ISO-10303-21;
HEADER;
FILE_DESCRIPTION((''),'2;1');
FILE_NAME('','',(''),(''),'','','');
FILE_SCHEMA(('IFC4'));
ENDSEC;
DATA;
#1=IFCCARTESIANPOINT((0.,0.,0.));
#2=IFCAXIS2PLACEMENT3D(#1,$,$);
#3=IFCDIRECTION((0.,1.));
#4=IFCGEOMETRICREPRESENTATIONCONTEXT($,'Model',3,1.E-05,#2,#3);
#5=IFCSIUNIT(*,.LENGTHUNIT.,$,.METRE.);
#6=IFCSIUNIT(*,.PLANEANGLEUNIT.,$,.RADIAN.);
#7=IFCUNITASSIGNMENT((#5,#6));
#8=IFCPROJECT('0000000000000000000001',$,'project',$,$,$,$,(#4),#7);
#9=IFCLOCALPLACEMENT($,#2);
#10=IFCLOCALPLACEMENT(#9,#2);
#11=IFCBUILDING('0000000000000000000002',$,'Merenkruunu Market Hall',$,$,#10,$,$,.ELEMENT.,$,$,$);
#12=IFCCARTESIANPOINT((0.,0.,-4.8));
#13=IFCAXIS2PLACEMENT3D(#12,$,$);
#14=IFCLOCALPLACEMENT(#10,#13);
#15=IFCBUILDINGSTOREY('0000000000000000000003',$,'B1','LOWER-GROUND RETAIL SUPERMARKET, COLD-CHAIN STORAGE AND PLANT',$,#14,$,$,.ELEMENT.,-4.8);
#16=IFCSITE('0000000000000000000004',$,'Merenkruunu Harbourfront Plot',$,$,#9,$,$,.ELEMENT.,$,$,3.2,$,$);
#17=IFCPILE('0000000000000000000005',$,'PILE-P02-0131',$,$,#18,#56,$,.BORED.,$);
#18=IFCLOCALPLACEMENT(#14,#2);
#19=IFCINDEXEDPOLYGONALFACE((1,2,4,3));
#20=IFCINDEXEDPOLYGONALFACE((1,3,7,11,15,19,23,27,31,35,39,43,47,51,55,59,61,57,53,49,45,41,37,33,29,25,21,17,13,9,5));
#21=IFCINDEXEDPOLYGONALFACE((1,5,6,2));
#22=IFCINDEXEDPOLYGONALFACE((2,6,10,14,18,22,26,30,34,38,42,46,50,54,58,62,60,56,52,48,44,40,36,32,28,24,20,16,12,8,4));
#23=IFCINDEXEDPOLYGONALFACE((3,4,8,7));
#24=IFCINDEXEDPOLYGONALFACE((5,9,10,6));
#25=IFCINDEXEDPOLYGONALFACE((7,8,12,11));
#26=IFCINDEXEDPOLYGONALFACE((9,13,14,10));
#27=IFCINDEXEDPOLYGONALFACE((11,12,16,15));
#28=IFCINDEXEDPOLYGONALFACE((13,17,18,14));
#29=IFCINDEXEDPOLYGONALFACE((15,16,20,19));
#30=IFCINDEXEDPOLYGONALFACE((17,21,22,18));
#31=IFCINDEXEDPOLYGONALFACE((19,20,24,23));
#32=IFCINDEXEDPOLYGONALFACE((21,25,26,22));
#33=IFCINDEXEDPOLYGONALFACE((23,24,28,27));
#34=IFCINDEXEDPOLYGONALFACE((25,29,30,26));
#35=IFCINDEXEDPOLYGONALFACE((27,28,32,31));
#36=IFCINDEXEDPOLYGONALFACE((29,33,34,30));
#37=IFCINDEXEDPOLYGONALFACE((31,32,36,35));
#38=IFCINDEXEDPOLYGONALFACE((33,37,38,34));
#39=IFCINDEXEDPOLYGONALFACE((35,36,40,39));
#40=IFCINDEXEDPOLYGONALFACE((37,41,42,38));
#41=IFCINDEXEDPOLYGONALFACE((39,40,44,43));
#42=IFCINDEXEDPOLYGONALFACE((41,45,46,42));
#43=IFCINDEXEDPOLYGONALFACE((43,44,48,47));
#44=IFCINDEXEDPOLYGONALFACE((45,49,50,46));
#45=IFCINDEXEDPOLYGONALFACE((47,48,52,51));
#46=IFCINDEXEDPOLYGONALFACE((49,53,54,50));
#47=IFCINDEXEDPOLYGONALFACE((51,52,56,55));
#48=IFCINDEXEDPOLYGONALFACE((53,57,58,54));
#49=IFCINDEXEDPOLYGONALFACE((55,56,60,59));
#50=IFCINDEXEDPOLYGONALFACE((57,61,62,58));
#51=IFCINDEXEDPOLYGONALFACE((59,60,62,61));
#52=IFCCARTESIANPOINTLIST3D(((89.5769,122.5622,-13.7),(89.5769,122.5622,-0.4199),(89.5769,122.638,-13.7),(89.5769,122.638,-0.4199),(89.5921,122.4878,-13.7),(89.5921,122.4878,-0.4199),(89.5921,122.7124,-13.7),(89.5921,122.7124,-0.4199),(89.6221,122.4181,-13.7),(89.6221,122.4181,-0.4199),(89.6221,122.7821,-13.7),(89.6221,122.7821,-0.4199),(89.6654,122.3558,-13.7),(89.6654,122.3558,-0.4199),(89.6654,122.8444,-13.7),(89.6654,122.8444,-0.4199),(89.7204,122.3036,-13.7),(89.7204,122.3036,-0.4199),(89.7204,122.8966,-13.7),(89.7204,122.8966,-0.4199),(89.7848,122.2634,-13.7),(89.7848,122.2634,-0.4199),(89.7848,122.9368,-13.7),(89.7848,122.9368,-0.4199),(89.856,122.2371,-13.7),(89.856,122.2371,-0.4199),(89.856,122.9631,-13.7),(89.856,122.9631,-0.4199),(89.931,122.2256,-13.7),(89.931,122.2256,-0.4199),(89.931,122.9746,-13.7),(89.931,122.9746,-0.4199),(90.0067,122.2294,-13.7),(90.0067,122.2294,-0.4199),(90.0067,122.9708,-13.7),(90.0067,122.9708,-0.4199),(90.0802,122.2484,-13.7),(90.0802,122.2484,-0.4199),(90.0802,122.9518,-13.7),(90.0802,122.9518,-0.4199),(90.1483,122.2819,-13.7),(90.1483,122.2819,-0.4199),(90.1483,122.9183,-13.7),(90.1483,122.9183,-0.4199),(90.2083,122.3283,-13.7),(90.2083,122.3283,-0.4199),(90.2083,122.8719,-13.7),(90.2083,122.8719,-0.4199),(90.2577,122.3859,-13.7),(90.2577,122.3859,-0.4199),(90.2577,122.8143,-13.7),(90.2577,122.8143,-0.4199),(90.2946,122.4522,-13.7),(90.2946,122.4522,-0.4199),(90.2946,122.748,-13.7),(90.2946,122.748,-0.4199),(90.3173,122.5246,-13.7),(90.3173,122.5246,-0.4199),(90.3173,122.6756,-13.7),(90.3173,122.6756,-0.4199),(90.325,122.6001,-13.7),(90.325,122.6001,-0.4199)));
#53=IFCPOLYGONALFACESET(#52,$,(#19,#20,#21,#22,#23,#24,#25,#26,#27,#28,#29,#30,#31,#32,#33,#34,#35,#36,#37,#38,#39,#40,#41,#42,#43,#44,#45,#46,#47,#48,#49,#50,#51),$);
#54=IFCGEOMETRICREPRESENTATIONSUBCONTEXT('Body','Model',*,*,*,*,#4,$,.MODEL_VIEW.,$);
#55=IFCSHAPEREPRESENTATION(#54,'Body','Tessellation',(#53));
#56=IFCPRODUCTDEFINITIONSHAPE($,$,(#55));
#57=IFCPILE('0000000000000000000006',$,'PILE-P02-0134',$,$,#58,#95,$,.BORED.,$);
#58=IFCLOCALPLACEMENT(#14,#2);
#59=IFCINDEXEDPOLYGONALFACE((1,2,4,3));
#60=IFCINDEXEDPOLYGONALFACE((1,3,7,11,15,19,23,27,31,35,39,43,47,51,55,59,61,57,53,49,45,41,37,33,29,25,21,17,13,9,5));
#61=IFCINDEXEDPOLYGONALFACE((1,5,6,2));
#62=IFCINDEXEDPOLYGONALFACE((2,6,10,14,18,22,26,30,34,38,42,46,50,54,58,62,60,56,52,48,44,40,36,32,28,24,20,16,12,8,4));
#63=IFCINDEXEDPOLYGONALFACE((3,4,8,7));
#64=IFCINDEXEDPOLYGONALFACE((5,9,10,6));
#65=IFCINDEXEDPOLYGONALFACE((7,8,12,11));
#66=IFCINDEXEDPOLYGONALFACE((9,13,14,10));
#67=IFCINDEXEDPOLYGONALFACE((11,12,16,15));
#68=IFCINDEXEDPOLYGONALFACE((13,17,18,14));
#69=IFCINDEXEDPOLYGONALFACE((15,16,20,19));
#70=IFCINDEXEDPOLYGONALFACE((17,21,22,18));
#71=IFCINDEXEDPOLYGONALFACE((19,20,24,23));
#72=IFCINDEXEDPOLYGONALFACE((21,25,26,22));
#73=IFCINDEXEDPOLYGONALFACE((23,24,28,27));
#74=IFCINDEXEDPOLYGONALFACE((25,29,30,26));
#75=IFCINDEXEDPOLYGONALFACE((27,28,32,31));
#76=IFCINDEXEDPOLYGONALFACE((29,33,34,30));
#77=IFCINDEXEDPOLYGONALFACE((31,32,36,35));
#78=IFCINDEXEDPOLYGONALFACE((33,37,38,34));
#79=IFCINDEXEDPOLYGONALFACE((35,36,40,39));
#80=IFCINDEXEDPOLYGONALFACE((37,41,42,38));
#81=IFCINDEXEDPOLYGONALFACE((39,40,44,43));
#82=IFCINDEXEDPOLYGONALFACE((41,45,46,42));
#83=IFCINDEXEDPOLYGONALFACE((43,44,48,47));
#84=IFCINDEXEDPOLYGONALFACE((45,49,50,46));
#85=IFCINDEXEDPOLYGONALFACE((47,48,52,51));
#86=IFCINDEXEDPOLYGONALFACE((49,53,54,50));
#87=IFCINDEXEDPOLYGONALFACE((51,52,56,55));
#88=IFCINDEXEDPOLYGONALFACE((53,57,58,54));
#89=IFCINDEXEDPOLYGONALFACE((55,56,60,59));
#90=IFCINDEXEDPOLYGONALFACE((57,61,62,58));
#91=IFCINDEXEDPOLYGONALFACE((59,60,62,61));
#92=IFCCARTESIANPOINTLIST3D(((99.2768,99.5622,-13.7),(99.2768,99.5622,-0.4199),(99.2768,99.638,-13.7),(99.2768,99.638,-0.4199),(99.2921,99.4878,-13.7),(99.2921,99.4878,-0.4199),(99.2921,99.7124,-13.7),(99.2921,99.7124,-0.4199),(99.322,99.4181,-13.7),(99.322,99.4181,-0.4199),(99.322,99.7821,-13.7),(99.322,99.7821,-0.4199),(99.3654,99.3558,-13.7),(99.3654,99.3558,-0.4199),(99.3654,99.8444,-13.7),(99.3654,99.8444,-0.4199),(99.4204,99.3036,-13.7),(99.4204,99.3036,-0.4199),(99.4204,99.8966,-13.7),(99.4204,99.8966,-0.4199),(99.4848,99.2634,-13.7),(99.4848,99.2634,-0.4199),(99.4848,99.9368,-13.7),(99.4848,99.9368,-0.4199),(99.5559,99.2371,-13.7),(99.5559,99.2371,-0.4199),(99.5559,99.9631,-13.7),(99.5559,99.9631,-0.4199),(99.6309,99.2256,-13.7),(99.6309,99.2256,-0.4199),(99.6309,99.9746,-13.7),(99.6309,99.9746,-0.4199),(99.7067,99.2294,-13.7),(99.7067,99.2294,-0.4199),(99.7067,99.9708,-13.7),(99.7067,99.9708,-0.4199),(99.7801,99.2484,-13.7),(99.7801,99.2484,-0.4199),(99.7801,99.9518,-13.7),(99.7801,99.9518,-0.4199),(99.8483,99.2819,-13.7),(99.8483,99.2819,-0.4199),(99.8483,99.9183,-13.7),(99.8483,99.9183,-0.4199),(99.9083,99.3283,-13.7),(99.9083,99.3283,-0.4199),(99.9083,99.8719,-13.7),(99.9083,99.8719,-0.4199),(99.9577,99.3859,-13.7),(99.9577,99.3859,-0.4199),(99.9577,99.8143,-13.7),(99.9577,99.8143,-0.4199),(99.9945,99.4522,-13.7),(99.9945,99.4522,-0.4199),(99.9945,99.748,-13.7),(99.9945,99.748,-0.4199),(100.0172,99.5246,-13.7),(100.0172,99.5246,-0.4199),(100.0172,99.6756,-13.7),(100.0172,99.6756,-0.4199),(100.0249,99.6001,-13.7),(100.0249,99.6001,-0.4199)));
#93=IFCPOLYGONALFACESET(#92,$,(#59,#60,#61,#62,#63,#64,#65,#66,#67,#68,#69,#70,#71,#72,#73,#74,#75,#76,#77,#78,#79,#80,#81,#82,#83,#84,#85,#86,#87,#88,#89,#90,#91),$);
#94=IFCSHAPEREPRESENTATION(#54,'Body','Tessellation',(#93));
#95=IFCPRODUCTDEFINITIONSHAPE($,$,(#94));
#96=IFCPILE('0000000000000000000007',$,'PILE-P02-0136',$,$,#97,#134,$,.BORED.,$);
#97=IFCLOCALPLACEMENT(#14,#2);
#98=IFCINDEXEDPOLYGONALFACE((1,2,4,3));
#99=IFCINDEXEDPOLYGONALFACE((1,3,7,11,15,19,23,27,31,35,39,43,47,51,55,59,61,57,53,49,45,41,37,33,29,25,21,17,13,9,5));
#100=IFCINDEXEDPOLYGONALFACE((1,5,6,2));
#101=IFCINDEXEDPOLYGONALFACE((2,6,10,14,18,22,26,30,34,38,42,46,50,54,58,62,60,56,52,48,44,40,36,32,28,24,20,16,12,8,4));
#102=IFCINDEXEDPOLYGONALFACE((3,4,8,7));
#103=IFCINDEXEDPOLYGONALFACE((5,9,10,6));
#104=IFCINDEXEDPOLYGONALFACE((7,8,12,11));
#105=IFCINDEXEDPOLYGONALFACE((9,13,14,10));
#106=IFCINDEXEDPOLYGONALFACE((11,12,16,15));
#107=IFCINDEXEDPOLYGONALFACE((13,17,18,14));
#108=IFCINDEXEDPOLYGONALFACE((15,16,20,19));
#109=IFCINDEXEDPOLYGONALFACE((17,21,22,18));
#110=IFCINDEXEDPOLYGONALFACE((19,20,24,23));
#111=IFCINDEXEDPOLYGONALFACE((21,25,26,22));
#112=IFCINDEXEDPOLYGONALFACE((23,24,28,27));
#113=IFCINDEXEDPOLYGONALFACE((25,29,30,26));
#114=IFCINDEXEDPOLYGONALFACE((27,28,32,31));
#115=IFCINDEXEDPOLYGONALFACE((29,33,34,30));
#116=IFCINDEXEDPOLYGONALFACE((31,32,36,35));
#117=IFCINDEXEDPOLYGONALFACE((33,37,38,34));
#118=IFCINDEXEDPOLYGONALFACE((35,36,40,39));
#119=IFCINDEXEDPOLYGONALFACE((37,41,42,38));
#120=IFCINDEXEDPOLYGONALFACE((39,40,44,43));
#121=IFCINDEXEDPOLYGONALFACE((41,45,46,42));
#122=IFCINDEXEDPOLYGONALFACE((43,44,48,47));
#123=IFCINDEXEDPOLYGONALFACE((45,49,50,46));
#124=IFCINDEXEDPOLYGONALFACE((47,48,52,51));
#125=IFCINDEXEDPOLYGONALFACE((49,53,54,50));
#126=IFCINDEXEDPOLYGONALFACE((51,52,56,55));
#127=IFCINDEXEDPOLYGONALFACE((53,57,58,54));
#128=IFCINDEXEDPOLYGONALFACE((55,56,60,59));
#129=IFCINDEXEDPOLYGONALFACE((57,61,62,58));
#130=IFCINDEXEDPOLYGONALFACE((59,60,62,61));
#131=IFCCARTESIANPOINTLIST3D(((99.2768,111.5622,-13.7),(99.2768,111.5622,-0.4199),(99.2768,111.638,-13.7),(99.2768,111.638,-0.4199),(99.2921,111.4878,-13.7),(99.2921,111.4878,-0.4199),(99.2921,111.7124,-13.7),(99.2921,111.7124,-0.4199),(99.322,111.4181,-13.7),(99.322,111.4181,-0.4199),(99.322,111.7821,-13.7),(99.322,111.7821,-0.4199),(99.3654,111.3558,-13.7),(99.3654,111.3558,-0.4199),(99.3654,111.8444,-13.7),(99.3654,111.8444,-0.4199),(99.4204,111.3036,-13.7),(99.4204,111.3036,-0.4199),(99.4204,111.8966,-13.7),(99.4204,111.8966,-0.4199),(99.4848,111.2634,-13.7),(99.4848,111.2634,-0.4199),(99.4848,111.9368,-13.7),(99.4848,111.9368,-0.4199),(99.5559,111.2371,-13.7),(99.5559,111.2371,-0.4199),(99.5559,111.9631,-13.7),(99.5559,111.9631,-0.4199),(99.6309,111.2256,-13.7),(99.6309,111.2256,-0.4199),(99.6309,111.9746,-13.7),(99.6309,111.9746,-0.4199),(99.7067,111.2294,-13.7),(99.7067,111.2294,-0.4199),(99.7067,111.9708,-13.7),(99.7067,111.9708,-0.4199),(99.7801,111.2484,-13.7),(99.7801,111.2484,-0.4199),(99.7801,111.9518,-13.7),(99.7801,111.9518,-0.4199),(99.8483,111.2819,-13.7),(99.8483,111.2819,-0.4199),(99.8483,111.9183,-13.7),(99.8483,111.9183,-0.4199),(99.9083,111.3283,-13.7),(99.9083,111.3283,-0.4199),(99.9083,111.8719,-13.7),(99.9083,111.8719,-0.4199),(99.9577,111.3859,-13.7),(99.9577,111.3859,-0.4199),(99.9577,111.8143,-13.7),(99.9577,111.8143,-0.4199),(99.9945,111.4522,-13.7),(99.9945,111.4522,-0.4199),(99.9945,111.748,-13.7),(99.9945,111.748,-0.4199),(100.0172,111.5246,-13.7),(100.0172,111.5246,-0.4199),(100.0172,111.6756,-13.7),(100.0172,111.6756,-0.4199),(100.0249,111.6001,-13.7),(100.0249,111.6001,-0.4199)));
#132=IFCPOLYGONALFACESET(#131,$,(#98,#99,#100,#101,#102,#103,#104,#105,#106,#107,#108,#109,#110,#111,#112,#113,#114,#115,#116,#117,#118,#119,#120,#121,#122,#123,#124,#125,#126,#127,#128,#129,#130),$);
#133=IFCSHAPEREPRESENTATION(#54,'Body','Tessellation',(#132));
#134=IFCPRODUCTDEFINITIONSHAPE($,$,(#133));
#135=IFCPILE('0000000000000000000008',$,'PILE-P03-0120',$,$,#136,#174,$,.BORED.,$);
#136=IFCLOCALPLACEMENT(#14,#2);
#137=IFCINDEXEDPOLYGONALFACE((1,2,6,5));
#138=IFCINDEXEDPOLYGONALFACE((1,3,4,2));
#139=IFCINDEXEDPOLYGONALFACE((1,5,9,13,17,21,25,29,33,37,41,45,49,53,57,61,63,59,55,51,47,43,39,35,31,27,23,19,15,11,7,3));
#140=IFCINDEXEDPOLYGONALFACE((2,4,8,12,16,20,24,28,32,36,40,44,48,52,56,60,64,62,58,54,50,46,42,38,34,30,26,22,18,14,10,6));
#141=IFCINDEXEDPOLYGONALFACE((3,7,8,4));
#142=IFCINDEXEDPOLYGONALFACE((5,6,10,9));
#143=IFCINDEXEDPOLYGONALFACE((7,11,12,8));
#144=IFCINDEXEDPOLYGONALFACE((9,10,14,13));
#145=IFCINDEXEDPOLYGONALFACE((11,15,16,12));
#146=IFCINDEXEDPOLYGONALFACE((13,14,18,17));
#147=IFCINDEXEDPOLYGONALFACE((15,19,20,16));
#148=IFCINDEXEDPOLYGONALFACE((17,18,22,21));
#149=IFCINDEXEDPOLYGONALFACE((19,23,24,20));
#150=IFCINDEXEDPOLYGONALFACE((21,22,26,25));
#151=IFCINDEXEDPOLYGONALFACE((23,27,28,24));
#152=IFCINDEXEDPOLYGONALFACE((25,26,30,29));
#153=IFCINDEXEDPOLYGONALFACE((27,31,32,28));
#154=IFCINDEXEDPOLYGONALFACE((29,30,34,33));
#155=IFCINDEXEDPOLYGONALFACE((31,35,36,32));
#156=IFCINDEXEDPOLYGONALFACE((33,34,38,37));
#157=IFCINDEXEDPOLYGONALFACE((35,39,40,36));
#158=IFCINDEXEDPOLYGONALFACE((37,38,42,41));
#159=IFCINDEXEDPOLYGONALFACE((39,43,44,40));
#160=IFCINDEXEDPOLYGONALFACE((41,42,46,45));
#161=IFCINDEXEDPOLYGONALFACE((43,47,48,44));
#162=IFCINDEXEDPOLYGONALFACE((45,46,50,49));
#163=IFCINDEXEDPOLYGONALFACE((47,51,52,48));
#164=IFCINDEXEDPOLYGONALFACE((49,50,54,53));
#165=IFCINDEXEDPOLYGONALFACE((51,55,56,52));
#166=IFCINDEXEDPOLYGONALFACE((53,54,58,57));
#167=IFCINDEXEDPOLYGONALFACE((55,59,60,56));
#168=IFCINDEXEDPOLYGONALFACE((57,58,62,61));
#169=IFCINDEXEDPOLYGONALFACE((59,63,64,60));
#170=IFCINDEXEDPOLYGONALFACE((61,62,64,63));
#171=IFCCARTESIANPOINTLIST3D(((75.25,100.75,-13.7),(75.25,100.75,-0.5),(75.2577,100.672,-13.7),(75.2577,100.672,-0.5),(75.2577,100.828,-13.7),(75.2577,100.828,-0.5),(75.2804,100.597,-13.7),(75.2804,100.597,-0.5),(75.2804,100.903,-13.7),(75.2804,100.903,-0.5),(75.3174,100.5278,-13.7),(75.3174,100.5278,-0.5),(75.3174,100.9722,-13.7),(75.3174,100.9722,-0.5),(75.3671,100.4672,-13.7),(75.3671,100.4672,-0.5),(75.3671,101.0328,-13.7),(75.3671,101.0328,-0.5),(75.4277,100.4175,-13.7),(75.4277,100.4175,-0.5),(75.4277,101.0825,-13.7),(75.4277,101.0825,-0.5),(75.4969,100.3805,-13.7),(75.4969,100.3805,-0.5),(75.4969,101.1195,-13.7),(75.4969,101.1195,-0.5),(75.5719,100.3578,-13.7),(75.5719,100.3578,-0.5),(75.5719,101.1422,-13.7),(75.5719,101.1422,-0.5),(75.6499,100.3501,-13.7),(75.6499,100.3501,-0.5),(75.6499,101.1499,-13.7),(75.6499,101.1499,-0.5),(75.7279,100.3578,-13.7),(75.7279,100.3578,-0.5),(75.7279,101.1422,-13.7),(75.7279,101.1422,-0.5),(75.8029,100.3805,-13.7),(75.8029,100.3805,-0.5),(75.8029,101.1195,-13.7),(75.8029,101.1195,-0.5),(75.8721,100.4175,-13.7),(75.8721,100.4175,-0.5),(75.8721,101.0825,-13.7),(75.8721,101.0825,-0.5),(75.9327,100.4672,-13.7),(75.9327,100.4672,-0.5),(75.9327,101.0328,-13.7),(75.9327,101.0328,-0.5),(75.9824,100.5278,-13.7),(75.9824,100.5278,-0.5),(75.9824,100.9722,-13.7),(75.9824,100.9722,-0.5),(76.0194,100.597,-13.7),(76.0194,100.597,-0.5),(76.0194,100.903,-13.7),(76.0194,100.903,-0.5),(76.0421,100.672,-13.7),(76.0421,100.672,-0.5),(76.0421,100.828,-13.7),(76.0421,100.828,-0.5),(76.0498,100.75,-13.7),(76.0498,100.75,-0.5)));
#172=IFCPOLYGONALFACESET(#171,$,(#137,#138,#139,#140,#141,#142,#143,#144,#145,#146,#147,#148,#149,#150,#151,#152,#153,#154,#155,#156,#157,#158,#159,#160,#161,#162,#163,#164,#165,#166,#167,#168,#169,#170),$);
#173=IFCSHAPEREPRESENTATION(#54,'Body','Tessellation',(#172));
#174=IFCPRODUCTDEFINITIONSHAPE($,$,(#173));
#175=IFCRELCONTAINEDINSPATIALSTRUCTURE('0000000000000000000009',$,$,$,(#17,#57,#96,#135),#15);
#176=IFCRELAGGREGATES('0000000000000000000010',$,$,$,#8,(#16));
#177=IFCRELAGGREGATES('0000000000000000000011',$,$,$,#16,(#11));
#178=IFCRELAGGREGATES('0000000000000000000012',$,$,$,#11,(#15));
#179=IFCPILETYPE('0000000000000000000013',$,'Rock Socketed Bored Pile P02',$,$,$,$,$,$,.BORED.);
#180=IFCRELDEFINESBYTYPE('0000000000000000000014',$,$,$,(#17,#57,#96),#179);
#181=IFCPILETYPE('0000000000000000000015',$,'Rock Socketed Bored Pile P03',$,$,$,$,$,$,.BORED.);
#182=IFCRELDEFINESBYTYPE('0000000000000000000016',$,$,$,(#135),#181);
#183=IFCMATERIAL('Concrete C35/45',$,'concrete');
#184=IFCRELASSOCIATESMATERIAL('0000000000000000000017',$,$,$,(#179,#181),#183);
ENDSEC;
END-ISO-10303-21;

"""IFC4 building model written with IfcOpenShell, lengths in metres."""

from ifc_helpers import new_model, si_unit, direction, frame, origin, origin_2d, place, context, subcontext, project, spatial, circle, extrude, material, material_profile, profile_set, type_object, element, save


model = new_model("IFC4")

# Units and contexts
model_context = context("Model", 3, precision=1e-05, world=origin(), true_north=direction((0.0, 1.0)))
body_context = subcontext(model_context, "Body", "Model", "MODEL_VIEW")
ifc_project = project(units=[si_unit("LENGTHUNIT", "METRE"), si_unit("PLANEANGLEUNIT", "RADIAN")], contexts=[model_context])

# Site, building, storey
site_placement = place(None, origin())
site = spatial("IfcSite", under=ifc_project, at=site_placement, Name="Merenkruunu Harbourfront Plot", CompositionType="ELEMENT", RefElevation=3.2)
building_placement = place(site_placement, origin())
building = spatial("IfcBuilding", under=site, at=building_placement, Name="Merenkruunu Market Hall", CompositionType="ELEMENT")
storey_placement = place(building_placement, frame((0.0, 0.0, -4.8)))
storey = spatial("IfcBuildingStorey", under=building, at=storey_placement, Name="B1", Description="LOWER-GROUND RETAIL SUPERMARKET, COLD-CHAIN STORAGE AND PLANT", CompositionType="ELEMENT", Elevation=-4.8)

# Piles
ifc_material = material(Name="Concrete C35/45", Category="concrete")
ifc_material_profile_1 = material_profile(ifc_material, circle(Radius=0.375, at=origin_2d()), Name="BORED PILE 750")
ifc_profile_set_1 = profile_set([ifc_material_profile_1], Name="Concrete C35/45")
pile_type_1 = type_object("IfcPileType", Name="Rock Socketed Bored Pile P02", PredefinedType="BORED", material=ifc_profile_set_1)
for number, where, z_axis, x_axis, name in (
    (1, (89.95, 122.6001, -0.4199), (0.0, 0.0, -1.0), (1.0, 0.0, 0.0), "PILE-P02-0131"),
    (2, (99.6499, 99.6001, -0.4199), (0.0, 0.0, -1.0), (1.0, 0.0, 0.0), "PILE-P02-0134"),
    (3, (99.6499, 111.6001, -0.4199), (0.0, 0.0, -1.0), (1.0, 0.0, 0.0), "PILE-P02-0136"),
):
    element("IfcPile", number, at=place(storey_placement, frame(where, z_axis=z_axis, x_axis=x_axis)), inside=storey, type_object=pile_type_1, Name=name, PredefinedType="BORED", context=body_context, shape_type="SweptSolid", body=[
        extrude(circle(Radius=0.375, at=origin_2d()), origin(), (0.0, 0.0, 1.0), 13.28),
    ])
ifc_material_profile_2 = material_profile(ifc_material, circle(Radius=0.3999, at=origin_2d()), Name="BORED PILE 800")
ifc_profile_set_2 = profile_set([ifc_material_profile_2], Name="Concrete C35/45")
pile_type_2 = type_object("IfcPileType", Name="Rock Socketed Bored Pile P03", PredefinedType="BORED", material=ifc_profile_set_2)
pile_1_placement = place(storey_placement, frame((75.6499, 100.75, -0.5), z_axis=(0.0, 0.0, -1.0), x_axis=(1.0, 0.0, 0.0)))
element("IfcPile", 4, at=pile_1_placement, inside=storey, type_object=pile_type_2, Name="PILE-P03-0120", PredefinedType="BORED", context=body_context, shape_type="SweptSolid", body=[
    extrude(circle(Radius=0.3999, at=origin_2d()), origin(), (0.0, 0.0, 1.0), 13.2),
])

save(model, "model.ifc")
